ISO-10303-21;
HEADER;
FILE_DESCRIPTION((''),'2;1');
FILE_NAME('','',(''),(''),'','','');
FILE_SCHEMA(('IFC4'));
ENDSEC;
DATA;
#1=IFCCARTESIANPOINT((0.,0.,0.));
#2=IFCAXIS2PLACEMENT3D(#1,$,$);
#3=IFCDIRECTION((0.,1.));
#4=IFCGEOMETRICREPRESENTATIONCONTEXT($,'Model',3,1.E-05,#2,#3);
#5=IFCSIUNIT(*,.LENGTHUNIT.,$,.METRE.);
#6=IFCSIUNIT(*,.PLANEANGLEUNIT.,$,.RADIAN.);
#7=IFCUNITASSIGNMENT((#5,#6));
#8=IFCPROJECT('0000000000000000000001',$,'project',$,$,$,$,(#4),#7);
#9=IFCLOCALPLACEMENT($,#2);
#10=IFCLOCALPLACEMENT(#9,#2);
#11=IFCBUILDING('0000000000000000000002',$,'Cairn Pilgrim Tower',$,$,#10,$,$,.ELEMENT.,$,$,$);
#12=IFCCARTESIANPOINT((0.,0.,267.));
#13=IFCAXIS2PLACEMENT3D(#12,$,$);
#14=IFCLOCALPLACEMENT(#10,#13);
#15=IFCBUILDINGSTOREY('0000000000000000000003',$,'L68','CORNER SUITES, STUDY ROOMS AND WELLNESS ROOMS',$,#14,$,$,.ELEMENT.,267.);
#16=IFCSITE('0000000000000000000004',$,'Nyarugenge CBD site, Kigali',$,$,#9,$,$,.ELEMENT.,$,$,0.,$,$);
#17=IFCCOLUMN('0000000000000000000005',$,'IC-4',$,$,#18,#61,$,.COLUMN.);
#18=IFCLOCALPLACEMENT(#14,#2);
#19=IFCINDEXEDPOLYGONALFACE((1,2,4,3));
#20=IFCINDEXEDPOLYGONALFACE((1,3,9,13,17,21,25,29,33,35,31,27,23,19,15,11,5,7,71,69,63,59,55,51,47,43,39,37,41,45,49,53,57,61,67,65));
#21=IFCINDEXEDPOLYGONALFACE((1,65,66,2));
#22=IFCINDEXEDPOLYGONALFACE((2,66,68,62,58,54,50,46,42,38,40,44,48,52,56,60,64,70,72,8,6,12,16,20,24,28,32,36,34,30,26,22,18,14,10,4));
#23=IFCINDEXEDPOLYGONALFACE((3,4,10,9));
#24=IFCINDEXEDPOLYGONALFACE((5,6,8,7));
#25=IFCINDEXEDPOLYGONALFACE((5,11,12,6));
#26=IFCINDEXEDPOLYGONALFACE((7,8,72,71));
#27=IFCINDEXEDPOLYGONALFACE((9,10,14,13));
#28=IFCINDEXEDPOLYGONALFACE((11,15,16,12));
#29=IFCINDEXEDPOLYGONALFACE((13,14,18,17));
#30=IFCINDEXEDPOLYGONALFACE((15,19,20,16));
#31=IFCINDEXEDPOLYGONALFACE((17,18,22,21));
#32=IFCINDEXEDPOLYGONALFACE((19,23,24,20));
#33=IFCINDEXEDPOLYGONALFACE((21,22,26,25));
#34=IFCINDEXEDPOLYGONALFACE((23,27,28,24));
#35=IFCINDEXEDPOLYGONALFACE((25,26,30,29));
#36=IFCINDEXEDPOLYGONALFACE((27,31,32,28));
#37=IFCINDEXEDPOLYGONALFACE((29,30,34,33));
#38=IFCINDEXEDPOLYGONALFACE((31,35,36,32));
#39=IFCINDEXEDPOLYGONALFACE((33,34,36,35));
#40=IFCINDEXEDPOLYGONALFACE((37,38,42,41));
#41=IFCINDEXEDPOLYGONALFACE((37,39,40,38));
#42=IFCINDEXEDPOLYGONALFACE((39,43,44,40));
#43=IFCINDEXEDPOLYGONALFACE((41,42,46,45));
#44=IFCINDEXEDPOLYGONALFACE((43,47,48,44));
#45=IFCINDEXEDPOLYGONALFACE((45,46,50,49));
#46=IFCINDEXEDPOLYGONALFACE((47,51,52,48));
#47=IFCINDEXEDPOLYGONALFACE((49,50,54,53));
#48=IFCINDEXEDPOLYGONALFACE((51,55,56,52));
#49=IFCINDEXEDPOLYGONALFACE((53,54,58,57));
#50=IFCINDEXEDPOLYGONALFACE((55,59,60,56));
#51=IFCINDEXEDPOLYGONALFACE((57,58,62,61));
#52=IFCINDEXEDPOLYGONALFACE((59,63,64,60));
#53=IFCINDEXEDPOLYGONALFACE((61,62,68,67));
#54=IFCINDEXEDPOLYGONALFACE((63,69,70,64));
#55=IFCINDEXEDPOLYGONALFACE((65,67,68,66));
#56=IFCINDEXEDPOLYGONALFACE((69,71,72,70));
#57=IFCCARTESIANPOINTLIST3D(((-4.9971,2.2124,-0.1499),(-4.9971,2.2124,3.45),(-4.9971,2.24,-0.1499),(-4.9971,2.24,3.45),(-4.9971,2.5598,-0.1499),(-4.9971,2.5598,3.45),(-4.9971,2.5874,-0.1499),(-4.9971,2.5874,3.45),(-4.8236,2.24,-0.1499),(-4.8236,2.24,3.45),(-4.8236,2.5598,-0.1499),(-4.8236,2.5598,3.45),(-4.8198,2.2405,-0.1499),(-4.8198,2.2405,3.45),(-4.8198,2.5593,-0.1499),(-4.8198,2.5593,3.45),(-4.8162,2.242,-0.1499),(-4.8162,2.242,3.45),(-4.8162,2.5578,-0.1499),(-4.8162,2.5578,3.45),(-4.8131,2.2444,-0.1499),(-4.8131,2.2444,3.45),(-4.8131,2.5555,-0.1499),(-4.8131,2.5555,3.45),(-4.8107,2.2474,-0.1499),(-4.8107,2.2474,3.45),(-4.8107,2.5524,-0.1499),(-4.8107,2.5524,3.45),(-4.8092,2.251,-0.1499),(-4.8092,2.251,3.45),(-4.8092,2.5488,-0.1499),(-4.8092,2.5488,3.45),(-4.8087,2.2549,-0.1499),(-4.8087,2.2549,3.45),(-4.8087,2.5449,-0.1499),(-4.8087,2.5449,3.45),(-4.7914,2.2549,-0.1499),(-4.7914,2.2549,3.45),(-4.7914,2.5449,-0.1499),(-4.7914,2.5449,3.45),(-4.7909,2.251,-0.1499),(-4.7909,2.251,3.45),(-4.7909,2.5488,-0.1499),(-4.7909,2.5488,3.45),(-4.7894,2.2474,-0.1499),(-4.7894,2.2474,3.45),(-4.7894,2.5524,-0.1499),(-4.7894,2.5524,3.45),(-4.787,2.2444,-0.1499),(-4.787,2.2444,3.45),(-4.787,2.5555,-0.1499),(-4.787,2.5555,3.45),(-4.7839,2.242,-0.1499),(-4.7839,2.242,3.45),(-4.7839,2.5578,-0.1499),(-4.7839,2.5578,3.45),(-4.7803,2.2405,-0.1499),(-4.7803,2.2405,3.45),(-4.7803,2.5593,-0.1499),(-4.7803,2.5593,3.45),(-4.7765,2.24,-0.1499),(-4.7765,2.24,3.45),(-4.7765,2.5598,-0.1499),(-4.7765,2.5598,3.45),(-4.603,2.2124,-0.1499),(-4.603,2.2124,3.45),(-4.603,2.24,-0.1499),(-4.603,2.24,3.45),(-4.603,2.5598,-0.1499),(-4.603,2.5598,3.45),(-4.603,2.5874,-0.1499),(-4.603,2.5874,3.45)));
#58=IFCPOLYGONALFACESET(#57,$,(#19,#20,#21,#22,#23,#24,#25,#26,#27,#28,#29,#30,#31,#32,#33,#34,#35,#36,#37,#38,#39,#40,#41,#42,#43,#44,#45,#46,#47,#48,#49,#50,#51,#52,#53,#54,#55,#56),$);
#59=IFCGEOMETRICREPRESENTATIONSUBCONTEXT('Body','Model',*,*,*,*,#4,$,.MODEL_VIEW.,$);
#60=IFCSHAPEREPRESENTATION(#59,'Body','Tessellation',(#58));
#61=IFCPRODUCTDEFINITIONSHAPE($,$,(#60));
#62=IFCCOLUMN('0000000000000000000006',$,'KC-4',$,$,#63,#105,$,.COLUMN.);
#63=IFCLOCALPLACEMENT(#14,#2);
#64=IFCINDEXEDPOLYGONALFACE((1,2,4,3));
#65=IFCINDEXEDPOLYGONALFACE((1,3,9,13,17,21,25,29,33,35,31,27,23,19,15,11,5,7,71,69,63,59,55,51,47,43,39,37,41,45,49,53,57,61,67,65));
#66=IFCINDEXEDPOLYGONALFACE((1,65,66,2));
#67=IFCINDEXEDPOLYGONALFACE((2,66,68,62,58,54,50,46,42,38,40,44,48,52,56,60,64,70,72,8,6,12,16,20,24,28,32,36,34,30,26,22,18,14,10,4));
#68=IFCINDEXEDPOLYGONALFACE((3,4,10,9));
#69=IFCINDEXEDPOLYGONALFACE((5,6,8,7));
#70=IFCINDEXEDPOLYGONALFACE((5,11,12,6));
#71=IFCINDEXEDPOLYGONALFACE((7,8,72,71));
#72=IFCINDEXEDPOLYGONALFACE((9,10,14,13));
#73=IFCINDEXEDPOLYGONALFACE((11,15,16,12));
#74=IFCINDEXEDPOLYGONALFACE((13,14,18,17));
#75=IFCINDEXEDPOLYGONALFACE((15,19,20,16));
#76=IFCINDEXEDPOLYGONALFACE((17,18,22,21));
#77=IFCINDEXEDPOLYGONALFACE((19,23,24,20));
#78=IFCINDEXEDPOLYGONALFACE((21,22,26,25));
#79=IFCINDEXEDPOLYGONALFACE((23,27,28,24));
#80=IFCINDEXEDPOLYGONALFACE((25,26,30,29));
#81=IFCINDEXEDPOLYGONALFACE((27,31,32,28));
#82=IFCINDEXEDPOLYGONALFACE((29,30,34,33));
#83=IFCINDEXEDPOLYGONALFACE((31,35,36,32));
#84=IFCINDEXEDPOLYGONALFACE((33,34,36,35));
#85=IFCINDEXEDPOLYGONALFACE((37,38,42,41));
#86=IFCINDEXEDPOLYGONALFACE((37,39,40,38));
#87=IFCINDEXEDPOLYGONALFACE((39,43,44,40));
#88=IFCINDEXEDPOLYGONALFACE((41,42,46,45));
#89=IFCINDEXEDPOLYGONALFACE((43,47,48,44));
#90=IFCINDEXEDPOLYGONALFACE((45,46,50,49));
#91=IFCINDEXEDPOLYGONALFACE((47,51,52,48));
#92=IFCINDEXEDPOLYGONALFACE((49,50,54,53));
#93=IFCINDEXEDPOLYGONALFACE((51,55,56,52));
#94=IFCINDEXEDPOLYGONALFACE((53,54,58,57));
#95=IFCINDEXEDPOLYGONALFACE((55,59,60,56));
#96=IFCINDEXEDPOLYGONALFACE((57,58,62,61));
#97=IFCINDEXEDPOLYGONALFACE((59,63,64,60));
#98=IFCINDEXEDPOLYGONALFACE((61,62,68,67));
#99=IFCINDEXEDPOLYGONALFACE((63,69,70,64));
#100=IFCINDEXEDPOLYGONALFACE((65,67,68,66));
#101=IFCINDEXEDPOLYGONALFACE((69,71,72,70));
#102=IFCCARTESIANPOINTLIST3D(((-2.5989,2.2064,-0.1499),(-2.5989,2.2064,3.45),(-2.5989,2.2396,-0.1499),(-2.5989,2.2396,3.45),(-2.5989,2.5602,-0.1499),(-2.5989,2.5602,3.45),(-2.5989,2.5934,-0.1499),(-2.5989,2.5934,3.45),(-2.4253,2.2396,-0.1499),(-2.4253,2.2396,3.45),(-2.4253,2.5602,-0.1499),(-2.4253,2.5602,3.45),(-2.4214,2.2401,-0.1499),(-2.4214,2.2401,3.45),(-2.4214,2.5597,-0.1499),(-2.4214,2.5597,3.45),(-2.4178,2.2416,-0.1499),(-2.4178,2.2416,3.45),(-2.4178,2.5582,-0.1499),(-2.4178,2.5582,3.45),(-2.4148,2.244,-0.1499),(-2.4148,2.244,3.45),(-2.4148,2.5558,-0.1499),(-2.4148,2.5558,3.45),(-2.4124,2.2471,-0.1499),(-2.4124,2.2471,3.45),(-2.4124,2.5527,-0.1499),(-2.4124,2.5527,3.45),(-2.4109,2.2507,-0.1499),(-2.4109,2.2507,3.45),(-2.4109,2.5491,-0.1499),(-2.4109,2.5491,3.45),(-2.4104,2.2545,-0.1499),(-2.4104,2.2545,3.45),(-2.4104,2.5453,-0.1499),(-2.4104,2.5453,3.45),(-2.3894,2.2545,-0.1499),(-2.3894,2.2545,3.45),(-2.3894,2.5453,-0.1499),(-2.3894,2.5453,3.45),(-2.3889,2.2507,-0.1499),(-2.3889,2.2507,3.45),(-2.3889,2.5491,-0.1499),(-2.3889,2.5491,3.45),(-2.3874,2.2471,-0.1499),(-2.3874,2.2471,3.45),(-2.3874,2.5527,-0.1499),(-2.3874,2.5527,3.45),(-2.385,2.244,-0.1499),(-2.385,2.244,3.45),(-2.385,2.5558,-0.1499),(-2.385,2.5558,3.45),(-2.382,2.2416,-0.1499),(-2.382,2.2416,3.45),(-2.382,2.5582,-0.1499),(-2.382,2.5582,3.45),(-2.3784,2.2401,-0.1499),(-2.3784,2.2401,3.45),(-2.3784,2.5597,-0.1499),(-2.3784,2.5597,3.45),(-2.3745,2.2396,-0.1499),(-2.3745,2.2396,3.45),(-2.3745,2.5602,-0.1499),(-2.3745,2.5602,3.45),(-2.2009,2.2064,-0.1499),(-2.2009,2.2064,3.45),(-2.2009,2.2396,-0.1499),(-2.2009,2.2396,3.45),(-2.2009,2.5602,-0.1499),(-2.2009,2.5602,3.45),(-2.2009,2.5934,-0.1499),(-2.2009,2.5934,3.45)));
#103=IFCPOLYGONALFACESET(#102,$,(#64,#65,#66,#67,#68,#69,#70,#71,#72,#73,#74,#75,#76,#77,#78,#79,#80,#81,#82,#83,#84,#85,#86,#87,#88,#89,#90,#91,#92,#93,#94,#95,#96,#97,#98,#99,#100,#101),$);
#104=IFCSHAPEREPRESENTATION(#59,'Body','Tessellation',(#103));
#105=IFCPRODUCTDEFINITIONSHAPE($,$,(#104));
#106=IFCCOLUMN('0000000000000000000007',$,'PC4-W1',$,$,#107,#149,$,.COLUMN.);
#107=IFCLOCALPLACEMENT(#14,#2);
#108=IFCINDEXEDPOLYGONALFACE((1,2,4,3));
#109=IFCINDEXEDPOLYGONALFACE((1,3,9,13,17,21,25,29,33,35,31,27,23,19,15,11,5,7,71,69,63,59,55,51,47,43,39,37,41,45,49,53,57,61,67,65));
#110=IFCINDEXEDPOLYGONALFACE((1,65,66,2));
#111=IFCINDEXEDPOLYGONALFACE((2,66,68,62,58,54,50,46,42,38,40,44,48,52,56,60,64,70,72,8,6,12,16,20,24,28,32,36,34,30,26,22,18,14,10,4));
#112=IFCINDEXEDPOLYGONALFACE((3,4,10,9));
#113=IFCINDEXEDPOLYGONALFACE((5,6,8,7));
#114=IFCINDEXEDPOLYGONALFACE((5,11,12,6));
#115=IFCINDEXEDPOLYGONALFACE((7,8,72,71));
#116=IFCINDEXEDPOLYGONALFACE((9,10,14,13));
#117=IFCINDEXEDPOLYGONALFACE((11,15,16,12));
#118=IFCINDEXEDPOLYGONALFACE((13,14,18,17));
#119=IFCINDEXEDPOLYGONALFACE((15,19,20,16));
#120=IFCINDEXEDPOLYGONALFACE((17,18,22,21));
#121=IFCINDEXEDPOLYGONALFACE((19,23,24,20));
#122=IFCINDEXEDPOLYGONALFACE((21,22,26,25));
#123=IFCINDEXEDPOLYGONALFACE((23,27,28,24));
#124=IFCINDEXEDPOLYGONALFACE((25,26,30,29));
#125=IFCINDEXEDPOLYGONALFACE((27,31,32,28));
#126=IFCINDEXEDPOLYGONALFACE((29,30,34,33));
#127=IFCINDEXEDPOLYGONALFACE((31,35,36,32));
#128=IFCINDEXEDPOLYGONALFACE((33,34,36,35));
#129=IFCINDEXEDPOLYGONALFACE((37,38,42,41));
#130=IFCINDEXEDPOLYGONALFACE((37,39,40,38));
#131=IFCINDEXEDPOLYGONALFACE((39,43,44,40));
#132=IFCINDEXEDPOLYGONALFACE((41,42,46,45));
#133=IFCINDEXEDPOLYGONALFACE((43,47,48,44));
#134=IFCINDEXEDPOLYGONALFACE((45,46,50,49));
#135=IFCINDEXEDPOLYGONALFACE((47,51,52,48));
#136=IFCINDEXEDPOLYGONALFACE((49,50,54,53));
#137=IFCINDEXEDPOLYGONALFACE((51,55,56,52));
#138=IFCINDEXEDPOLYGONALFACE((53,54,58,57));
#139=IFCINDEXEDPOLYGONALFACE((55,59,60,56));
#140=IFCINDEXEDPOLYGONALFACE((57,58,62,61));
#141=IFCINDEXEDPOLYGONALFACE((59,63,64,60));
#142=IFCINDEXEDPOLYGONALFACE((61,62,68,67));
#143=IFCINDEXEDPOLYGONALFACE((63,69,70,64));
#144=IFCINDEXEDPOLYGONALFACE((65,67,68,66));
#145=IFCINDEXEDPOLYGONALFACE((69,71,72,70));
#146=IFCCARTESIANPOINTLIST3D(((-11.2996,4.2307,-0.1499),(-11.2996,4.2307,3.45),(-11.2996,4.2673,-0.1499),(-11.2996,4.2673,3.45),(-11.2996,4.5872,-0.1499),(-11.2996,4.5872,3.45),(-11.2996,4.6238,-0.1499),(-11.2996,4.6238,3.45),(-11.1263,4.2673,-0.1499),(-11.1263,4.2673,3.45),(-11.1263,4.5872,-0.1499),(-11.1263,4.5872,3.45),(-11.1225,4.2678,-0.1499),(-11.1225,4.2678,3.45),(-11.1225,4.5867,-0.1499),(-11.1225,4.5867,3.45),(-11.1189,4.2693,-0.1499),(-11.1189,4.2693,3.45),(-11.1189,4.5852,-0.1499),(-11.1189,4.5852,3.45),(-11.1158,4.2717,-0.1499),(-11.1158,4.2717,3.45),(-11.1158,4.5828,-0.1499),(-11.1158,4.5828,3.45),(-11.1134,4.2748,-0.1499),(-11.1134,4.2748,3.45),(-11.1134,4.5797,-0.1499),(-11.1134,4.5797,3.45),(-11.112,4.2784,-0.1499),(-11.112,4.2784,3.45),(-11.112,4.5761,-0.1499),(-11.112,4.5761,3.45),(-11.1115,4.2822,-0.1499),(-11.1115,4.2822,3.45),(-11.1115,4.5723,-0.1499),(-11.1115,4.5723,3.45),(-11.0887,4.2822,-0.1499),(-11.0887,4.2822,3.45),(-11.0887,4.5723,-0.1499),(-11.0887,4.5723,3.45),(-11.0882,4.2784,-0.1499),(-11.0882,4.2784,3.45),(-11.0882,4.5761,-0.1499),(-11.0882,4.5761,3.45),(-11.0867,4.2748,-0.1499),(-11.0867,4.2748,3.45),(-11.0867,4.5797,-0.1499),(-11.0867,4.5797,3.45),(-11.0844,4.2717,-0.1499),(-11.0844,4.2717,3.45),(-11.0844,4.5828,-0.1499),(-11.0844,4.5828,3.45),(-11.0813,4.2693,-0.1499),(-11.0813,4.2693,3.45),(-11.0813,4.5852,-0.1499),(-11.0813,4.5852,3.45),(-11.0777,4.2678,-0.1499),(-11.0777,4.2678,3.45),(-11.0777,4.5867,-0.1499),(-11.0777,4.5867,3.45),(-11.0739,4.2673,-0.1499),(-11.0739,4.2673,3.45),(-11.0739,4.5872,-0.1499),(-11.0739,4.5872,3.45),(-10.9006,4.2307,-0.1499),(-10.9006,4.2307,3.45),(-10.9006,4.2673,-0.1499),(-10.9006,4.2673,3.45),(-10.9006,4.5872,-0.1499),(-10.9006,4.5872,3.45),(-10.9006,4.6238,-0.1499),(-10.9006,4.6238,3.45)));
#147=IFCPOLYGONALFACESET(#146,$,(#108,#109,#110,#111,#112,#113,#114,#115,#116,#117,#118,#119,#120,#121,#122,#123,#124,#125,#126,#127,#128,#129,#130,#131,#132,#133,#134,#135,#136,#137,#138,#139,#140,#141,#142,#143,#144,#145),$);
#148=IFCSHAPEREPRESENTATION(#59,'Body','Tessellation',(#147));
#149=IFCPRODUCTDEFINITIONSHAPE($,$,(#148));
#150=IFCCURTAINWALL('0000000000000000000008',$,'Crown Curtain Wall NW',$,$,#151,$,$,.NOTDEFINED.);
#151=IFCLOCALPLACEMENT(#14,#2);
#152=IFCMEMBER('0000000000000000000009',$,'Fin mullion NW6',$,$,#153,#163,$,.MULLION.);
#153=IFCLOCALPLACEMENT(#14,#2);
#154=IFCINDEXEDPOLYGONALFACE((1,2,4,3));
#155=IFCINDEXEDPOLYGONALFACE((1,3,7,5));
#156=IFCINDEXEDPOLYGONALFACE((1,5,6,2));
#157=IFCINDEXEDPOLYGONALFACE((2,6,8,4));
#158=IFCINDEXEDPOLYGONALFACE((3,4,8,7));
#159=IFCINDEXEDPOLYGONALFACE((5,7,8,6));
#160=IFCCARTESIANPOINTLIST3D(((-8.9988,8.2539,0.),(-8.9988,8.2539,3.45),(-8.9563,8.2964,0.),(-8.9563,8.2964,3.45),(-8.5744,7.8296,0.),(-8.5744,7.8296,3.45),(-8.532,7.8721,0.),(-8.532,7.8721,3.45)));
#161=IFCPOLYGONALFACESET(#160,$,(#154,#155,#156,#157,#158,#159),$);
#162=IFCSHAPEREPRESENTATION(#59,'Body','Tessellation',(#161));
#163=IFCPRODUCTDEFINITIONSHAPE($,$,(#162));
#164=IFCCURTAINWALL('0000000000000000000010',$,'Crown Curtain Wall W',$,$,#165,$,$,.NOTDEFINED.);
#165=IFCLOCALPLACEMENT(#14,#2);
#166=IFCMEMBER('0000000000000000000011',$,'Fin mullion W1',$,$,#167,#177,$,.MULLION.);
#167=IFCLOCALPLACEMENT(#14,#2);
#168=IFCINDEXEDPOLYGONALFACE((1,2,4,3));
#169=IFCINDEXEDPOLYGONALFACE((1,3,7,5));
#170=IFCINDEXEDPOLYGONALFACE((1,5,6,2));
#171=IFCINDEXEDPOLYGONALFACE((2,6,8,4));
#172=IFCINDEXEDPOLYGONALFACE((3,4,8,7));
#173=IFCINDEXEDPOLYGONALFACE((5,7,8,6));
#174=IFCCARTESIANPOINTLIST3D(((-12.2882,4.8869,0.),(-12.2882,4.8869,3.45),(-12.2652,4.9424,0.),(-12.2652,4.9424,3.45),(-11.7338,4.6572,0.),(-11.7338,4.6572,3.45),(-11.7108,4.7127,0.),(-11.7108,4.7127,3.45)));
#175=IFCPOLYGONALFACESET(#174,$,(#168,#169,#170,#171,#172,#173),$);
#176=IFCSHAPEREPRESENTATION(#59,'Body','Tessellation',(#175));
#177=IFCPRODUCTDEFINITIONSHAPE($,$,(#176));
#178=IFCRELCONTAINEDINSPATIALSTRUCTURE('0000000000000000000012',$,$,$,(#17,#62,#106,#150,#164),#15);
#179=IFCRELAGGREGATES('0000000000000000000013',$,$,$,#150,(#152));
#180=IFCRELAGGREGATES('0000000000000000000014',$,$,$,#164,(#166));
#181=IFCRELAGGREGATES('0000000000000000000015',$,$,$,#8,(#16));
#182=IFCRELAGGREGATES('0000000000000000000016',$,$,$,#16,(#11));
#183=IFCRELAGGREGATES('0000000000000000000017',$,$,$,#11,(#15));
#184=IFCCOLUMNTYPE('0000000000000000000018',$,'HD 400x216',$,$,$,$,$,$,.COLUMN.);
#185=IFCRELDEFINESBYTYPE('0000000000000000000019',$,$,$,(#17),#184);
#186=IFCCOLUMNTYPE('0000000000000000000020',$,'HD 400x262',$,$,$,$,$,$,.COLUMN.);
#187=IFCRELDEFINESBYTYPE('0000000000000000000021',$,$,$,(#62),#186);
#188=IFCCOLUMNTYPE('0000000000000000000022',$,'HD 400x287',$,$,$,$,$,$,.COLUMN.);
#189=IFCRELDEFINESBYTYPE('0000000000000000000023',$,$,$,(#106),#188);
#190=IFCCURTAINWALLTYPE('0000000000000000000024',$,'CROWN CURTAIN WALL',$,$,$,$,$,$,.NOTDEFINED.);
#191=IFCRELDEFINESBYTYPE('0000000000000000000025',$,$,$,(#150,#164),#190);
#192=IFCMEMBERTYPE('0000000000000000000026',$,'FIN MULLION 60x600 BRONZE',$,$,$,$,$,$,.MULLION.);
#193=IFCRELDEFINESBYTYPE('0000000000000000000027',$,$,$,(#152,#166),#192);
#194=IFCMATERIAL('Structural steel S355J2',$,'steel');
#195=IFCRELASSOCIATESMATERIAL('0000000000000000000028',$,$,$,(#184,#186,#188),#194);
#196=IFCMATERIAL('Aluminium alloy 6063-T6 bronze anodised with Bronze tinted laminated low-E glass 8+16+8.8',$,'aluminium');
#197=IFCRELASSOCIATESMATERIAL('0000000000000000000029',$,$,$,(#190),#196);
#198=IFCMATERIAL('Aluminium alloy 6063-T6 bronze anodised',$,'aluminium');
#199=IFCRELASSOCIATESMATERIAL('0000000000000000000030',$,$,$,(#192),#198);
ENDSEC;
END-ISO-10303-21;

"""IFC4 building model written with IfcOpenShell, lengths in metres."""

from ifc_helpers import new_model, si_unit, direction, frame, origin, origin_2d, place, context, subcontext, project, spatial, rectangle, i_section, extrude, material, material_profile, profile_set, type_object, element, aggregate, save


model = new_model("IFC4")

# Units and contexts
model_context = context("Model", 3, precision=1e-05, world=origin(), true_north=direction((0.0, 1.0)))
body_context = subcontext(model_context, "Body", "Model", "MODEL_VIEW")
ifc_project = project(units=[si_unit("LENGTHUNIT", "METRE"), si_unit("PLANEANGLEUNIT", "RADIAN")], contexts=[model_context])

# Site, building, storey
site_placement = place(None, origin())
site = spatial("IfcSite", under=ifc_project, at=site_placement, Name="Nyarugenge CBD site, Kigali", CompositionType="ELEMENT", RefElevation=0.0)
building_placement = place(site_placement, origin())
building = spatial("IfcBuilding", under=site, at=building_placement, Name="Cairn Pilgrim Tower", CompositionType="ELEMENT")
storey_placement = place(building_placement, frame((0.0, 0.0, 267.0)))
storey = spatial("IfcBuildingStorey", under=building, at=storey_placement, Name="L68", Description="CORNER SUITES, STUDY ROOMS AND WELLNESS ROOMS", CompositionType="ELEMENT", Elevation=267.0)

# Columns
ifc_material_1 = material(Name="Structural steel S355J2", Category="steel")
ifc_material_profile_1 = material_profile(ifc_material_1, i_section(OverallWidth=0.394, OverallDepth=0.375, WebThickness=0.0173, FlangeThickness=0.0276, FilletRadius=0.0149, at=origin_2d()), Name="HD 400x216")
ifc_profile_set_1 = profile_set([ifc_material_profile_1], Name="Structural steel S355J2")
column_type_1 = type_object("IfcColumnType", Name="HD 400x216", PredefinedType="COLUMN", material=ifc_profile_set_1)
column_1_placement = place(storey_placement, frame((-4.8, 2.3999, -0.1499), z_axis=(0.0, 0.0, 1.0), x_axis=(1.0, 0.0, 0.0)))
element("IfcColumn", 1, at=column_1_placement, inside=storey, type_object=column_type_1, Name="IC-4", PredefinedType="COLUMN", context=body_context, shape_type="SweptSolid", body=[
    extrude(i_section(OverallWidth=0.394, OverallDepth=0.375, WebThickness=0.0173, FlangeThickness=0.0276, FilletRadius=0.0149, at=origin_2d()), origin(), (0.0, 0.0, 1.0), 3.5999),
])
ifc_material_profile_2 = material_profile(ifc_material_1, i_section(OverallWidth=0.3979, OverallDepth=0.387, WebThickness=0.021, FlangeThickness=0.0332, FilletRadius=0.0149, at=origin_2d()), Name="HD 400x262")
ifc_profile_set_2 = profile_set([ifc_material_profile_2], Name="Structural steel S355J2")
column_type_2 = type_object("IfcColumnType", Name="HD 400x262", PredefinedType="COLUMN", material=ifc_profile_set_2)
column_2_placement = place(storey_placement, frame((-2.3999, 2.3999, -0.1499), z_axis=(0.0, 0.0, 1.0), x_axis=(1.0, 0.0, 0.0)))
element("IfcColumn", 2, at=column_2_placement, inside=storey, type_object=column_type_2, Name="KC-4", PredefinedType="COLUMN", context=body_context, shape_type="SweptSolid", body=[
    extrude(i_section(OverallWidth=0.3979, OverallDepth=0.387, WebThickness=0.021, FlangeThickness=0.0332, FilletRadius=0.0149, at=origin_2d()), origin(), (0.0, 0.0, 1.0), 3.5999),
])
ifc_material_profile_3 = material_profile(ifc_material_1, i_section(OverallWidth=0.3989, OverallDepth=0.3931, WebThickness=0.0227, FlangeThickness=0.0366, FilletRadius=0.0149, at=origin_2d()), Name="HD 400x287")
ifc_profile_set_3 = profile_set([ifc_material_profile_3], Name="Structural steel S355J2")
column_type_3 = type_object("IfcColumnType", Name="HD 400x287", PredefinedType="COLUMN", material=ifc_profile_set_3)
column_3_placement = place(storey_placement, frame((-11.1001, 4.4272, -0.1499), z_axis=(0.0, 0.0, 1.0), x_axis=(1.0, 0.0, 0.0)))
element("IfcColumn", 3, at=column_3_placement, inside=storey, type_object=column_type_3, Name="PC4-W1", PredefinedType="COLUMN", context=body_context, shape_type="SweptSolid", body=[
    extrude(i_section(OverallWidth=0.3989, OverallDepth=0.3931, WebThickness=0.0227, FlangeThickness=0.0366, FilletRadius=0.0149, at=origin_2d()), origin(), (0.0, 0.0, 1.0), 3.5999),
])

# Curtain walls, members
ifc_material_2 = material(Name="Aluminium alloy 6063-T6 bronze anodised with Bronze tinted laminated low-E glass 8+16+8.8", Category="aluminium")
curtain_wall_type = type_object("IfcCurtainWallType", Name="CROWN CURTAIN WALL", PredefinedType="NOTDEFINED", material=ifc_material_2)
curtain_wall_1_placement = place(storey_placement, origin())
curtain_wall_1 = element("IfcCurtainWall", 4, at=curtain_wall_1_placement, inside=storey, type_object=curtain_wall_type, Name="Crown Curtain Wall NW", PredefinedType="NOTDEFINED")
ifc_material_3 = material(Name="Aluminium alloy 6063-T6 bronze anodised", Category="aluminium")
ifc_material_profile_4 = material_profile(ifc_material_3, rectangle(XDim=0.6001, YDim=0.0601, at=origin_2d()), Name="FIN MULLION 60x600 BRONZE")
ifc_profile_set_4 = profile_set([ifc_material_profile_4], Name="Aluminium alloy 6063-T6 bronze anodised")
member_type_1 = type_object("IfcMemberType", Name="FIN MULLION 60x600 BRONZE", PredefinedType="MULLION", material=ifc_profile_set_4)
member_1_placement = place(storey_placement, frame((-8.7654, 8.063, 0.0), z_axis=(0.0, 0.0, 1.0), x_axis=(-0.707107, 0.707107, 0.0)))
member_1 = element("IfcMember", 5, at=member_1_placement, type_object=member_type_1, Name="Fin mullion NW6", PredefinedType="MULLION", context=body_context, shape_type="SweptSolid", body=[
    extrude(rectangle(XDim=0.6001, YDim=0.0601, at=origin_2d()), origin(), (0.0, 0.0, 1.0), 3.45),
])
curtain_wall_2_placement = place(storey_placement, origin())
curtain_wall_2 = element("IfcCurtainWall", 6, at=curtain_wall_2_placement, inside=storey, type_object=curtain_wall_type, Name="Crown Curtain Wall W", PredefinedType="NOTDEFINED")
member_2_placement = place(storey_placement, frame((-11.9995, 4.7998, 0.0), z_axis=(0.0, 0.0, 1.0), x_axis=(-0.92388, 0.382683, 0.0)))
member_2 = element("IfcMember", 7, at=member_2_placement, type_object=member_type_1, Name="Fin mullion W1", PredefinedType="MULLION", context=body_context, shape_type="SweptSolid", body=[
    extrude(rectangle(XDim=0.6001, YDim=0.0601, at=origin_2d()), origin(), (0.0, 0.0, 1.0), 3.45),
])

aggregate(curtain_wall_1, [member_1])
aggregate(curtain_wall_2, [member_2])

save(model, "model.ifc")
